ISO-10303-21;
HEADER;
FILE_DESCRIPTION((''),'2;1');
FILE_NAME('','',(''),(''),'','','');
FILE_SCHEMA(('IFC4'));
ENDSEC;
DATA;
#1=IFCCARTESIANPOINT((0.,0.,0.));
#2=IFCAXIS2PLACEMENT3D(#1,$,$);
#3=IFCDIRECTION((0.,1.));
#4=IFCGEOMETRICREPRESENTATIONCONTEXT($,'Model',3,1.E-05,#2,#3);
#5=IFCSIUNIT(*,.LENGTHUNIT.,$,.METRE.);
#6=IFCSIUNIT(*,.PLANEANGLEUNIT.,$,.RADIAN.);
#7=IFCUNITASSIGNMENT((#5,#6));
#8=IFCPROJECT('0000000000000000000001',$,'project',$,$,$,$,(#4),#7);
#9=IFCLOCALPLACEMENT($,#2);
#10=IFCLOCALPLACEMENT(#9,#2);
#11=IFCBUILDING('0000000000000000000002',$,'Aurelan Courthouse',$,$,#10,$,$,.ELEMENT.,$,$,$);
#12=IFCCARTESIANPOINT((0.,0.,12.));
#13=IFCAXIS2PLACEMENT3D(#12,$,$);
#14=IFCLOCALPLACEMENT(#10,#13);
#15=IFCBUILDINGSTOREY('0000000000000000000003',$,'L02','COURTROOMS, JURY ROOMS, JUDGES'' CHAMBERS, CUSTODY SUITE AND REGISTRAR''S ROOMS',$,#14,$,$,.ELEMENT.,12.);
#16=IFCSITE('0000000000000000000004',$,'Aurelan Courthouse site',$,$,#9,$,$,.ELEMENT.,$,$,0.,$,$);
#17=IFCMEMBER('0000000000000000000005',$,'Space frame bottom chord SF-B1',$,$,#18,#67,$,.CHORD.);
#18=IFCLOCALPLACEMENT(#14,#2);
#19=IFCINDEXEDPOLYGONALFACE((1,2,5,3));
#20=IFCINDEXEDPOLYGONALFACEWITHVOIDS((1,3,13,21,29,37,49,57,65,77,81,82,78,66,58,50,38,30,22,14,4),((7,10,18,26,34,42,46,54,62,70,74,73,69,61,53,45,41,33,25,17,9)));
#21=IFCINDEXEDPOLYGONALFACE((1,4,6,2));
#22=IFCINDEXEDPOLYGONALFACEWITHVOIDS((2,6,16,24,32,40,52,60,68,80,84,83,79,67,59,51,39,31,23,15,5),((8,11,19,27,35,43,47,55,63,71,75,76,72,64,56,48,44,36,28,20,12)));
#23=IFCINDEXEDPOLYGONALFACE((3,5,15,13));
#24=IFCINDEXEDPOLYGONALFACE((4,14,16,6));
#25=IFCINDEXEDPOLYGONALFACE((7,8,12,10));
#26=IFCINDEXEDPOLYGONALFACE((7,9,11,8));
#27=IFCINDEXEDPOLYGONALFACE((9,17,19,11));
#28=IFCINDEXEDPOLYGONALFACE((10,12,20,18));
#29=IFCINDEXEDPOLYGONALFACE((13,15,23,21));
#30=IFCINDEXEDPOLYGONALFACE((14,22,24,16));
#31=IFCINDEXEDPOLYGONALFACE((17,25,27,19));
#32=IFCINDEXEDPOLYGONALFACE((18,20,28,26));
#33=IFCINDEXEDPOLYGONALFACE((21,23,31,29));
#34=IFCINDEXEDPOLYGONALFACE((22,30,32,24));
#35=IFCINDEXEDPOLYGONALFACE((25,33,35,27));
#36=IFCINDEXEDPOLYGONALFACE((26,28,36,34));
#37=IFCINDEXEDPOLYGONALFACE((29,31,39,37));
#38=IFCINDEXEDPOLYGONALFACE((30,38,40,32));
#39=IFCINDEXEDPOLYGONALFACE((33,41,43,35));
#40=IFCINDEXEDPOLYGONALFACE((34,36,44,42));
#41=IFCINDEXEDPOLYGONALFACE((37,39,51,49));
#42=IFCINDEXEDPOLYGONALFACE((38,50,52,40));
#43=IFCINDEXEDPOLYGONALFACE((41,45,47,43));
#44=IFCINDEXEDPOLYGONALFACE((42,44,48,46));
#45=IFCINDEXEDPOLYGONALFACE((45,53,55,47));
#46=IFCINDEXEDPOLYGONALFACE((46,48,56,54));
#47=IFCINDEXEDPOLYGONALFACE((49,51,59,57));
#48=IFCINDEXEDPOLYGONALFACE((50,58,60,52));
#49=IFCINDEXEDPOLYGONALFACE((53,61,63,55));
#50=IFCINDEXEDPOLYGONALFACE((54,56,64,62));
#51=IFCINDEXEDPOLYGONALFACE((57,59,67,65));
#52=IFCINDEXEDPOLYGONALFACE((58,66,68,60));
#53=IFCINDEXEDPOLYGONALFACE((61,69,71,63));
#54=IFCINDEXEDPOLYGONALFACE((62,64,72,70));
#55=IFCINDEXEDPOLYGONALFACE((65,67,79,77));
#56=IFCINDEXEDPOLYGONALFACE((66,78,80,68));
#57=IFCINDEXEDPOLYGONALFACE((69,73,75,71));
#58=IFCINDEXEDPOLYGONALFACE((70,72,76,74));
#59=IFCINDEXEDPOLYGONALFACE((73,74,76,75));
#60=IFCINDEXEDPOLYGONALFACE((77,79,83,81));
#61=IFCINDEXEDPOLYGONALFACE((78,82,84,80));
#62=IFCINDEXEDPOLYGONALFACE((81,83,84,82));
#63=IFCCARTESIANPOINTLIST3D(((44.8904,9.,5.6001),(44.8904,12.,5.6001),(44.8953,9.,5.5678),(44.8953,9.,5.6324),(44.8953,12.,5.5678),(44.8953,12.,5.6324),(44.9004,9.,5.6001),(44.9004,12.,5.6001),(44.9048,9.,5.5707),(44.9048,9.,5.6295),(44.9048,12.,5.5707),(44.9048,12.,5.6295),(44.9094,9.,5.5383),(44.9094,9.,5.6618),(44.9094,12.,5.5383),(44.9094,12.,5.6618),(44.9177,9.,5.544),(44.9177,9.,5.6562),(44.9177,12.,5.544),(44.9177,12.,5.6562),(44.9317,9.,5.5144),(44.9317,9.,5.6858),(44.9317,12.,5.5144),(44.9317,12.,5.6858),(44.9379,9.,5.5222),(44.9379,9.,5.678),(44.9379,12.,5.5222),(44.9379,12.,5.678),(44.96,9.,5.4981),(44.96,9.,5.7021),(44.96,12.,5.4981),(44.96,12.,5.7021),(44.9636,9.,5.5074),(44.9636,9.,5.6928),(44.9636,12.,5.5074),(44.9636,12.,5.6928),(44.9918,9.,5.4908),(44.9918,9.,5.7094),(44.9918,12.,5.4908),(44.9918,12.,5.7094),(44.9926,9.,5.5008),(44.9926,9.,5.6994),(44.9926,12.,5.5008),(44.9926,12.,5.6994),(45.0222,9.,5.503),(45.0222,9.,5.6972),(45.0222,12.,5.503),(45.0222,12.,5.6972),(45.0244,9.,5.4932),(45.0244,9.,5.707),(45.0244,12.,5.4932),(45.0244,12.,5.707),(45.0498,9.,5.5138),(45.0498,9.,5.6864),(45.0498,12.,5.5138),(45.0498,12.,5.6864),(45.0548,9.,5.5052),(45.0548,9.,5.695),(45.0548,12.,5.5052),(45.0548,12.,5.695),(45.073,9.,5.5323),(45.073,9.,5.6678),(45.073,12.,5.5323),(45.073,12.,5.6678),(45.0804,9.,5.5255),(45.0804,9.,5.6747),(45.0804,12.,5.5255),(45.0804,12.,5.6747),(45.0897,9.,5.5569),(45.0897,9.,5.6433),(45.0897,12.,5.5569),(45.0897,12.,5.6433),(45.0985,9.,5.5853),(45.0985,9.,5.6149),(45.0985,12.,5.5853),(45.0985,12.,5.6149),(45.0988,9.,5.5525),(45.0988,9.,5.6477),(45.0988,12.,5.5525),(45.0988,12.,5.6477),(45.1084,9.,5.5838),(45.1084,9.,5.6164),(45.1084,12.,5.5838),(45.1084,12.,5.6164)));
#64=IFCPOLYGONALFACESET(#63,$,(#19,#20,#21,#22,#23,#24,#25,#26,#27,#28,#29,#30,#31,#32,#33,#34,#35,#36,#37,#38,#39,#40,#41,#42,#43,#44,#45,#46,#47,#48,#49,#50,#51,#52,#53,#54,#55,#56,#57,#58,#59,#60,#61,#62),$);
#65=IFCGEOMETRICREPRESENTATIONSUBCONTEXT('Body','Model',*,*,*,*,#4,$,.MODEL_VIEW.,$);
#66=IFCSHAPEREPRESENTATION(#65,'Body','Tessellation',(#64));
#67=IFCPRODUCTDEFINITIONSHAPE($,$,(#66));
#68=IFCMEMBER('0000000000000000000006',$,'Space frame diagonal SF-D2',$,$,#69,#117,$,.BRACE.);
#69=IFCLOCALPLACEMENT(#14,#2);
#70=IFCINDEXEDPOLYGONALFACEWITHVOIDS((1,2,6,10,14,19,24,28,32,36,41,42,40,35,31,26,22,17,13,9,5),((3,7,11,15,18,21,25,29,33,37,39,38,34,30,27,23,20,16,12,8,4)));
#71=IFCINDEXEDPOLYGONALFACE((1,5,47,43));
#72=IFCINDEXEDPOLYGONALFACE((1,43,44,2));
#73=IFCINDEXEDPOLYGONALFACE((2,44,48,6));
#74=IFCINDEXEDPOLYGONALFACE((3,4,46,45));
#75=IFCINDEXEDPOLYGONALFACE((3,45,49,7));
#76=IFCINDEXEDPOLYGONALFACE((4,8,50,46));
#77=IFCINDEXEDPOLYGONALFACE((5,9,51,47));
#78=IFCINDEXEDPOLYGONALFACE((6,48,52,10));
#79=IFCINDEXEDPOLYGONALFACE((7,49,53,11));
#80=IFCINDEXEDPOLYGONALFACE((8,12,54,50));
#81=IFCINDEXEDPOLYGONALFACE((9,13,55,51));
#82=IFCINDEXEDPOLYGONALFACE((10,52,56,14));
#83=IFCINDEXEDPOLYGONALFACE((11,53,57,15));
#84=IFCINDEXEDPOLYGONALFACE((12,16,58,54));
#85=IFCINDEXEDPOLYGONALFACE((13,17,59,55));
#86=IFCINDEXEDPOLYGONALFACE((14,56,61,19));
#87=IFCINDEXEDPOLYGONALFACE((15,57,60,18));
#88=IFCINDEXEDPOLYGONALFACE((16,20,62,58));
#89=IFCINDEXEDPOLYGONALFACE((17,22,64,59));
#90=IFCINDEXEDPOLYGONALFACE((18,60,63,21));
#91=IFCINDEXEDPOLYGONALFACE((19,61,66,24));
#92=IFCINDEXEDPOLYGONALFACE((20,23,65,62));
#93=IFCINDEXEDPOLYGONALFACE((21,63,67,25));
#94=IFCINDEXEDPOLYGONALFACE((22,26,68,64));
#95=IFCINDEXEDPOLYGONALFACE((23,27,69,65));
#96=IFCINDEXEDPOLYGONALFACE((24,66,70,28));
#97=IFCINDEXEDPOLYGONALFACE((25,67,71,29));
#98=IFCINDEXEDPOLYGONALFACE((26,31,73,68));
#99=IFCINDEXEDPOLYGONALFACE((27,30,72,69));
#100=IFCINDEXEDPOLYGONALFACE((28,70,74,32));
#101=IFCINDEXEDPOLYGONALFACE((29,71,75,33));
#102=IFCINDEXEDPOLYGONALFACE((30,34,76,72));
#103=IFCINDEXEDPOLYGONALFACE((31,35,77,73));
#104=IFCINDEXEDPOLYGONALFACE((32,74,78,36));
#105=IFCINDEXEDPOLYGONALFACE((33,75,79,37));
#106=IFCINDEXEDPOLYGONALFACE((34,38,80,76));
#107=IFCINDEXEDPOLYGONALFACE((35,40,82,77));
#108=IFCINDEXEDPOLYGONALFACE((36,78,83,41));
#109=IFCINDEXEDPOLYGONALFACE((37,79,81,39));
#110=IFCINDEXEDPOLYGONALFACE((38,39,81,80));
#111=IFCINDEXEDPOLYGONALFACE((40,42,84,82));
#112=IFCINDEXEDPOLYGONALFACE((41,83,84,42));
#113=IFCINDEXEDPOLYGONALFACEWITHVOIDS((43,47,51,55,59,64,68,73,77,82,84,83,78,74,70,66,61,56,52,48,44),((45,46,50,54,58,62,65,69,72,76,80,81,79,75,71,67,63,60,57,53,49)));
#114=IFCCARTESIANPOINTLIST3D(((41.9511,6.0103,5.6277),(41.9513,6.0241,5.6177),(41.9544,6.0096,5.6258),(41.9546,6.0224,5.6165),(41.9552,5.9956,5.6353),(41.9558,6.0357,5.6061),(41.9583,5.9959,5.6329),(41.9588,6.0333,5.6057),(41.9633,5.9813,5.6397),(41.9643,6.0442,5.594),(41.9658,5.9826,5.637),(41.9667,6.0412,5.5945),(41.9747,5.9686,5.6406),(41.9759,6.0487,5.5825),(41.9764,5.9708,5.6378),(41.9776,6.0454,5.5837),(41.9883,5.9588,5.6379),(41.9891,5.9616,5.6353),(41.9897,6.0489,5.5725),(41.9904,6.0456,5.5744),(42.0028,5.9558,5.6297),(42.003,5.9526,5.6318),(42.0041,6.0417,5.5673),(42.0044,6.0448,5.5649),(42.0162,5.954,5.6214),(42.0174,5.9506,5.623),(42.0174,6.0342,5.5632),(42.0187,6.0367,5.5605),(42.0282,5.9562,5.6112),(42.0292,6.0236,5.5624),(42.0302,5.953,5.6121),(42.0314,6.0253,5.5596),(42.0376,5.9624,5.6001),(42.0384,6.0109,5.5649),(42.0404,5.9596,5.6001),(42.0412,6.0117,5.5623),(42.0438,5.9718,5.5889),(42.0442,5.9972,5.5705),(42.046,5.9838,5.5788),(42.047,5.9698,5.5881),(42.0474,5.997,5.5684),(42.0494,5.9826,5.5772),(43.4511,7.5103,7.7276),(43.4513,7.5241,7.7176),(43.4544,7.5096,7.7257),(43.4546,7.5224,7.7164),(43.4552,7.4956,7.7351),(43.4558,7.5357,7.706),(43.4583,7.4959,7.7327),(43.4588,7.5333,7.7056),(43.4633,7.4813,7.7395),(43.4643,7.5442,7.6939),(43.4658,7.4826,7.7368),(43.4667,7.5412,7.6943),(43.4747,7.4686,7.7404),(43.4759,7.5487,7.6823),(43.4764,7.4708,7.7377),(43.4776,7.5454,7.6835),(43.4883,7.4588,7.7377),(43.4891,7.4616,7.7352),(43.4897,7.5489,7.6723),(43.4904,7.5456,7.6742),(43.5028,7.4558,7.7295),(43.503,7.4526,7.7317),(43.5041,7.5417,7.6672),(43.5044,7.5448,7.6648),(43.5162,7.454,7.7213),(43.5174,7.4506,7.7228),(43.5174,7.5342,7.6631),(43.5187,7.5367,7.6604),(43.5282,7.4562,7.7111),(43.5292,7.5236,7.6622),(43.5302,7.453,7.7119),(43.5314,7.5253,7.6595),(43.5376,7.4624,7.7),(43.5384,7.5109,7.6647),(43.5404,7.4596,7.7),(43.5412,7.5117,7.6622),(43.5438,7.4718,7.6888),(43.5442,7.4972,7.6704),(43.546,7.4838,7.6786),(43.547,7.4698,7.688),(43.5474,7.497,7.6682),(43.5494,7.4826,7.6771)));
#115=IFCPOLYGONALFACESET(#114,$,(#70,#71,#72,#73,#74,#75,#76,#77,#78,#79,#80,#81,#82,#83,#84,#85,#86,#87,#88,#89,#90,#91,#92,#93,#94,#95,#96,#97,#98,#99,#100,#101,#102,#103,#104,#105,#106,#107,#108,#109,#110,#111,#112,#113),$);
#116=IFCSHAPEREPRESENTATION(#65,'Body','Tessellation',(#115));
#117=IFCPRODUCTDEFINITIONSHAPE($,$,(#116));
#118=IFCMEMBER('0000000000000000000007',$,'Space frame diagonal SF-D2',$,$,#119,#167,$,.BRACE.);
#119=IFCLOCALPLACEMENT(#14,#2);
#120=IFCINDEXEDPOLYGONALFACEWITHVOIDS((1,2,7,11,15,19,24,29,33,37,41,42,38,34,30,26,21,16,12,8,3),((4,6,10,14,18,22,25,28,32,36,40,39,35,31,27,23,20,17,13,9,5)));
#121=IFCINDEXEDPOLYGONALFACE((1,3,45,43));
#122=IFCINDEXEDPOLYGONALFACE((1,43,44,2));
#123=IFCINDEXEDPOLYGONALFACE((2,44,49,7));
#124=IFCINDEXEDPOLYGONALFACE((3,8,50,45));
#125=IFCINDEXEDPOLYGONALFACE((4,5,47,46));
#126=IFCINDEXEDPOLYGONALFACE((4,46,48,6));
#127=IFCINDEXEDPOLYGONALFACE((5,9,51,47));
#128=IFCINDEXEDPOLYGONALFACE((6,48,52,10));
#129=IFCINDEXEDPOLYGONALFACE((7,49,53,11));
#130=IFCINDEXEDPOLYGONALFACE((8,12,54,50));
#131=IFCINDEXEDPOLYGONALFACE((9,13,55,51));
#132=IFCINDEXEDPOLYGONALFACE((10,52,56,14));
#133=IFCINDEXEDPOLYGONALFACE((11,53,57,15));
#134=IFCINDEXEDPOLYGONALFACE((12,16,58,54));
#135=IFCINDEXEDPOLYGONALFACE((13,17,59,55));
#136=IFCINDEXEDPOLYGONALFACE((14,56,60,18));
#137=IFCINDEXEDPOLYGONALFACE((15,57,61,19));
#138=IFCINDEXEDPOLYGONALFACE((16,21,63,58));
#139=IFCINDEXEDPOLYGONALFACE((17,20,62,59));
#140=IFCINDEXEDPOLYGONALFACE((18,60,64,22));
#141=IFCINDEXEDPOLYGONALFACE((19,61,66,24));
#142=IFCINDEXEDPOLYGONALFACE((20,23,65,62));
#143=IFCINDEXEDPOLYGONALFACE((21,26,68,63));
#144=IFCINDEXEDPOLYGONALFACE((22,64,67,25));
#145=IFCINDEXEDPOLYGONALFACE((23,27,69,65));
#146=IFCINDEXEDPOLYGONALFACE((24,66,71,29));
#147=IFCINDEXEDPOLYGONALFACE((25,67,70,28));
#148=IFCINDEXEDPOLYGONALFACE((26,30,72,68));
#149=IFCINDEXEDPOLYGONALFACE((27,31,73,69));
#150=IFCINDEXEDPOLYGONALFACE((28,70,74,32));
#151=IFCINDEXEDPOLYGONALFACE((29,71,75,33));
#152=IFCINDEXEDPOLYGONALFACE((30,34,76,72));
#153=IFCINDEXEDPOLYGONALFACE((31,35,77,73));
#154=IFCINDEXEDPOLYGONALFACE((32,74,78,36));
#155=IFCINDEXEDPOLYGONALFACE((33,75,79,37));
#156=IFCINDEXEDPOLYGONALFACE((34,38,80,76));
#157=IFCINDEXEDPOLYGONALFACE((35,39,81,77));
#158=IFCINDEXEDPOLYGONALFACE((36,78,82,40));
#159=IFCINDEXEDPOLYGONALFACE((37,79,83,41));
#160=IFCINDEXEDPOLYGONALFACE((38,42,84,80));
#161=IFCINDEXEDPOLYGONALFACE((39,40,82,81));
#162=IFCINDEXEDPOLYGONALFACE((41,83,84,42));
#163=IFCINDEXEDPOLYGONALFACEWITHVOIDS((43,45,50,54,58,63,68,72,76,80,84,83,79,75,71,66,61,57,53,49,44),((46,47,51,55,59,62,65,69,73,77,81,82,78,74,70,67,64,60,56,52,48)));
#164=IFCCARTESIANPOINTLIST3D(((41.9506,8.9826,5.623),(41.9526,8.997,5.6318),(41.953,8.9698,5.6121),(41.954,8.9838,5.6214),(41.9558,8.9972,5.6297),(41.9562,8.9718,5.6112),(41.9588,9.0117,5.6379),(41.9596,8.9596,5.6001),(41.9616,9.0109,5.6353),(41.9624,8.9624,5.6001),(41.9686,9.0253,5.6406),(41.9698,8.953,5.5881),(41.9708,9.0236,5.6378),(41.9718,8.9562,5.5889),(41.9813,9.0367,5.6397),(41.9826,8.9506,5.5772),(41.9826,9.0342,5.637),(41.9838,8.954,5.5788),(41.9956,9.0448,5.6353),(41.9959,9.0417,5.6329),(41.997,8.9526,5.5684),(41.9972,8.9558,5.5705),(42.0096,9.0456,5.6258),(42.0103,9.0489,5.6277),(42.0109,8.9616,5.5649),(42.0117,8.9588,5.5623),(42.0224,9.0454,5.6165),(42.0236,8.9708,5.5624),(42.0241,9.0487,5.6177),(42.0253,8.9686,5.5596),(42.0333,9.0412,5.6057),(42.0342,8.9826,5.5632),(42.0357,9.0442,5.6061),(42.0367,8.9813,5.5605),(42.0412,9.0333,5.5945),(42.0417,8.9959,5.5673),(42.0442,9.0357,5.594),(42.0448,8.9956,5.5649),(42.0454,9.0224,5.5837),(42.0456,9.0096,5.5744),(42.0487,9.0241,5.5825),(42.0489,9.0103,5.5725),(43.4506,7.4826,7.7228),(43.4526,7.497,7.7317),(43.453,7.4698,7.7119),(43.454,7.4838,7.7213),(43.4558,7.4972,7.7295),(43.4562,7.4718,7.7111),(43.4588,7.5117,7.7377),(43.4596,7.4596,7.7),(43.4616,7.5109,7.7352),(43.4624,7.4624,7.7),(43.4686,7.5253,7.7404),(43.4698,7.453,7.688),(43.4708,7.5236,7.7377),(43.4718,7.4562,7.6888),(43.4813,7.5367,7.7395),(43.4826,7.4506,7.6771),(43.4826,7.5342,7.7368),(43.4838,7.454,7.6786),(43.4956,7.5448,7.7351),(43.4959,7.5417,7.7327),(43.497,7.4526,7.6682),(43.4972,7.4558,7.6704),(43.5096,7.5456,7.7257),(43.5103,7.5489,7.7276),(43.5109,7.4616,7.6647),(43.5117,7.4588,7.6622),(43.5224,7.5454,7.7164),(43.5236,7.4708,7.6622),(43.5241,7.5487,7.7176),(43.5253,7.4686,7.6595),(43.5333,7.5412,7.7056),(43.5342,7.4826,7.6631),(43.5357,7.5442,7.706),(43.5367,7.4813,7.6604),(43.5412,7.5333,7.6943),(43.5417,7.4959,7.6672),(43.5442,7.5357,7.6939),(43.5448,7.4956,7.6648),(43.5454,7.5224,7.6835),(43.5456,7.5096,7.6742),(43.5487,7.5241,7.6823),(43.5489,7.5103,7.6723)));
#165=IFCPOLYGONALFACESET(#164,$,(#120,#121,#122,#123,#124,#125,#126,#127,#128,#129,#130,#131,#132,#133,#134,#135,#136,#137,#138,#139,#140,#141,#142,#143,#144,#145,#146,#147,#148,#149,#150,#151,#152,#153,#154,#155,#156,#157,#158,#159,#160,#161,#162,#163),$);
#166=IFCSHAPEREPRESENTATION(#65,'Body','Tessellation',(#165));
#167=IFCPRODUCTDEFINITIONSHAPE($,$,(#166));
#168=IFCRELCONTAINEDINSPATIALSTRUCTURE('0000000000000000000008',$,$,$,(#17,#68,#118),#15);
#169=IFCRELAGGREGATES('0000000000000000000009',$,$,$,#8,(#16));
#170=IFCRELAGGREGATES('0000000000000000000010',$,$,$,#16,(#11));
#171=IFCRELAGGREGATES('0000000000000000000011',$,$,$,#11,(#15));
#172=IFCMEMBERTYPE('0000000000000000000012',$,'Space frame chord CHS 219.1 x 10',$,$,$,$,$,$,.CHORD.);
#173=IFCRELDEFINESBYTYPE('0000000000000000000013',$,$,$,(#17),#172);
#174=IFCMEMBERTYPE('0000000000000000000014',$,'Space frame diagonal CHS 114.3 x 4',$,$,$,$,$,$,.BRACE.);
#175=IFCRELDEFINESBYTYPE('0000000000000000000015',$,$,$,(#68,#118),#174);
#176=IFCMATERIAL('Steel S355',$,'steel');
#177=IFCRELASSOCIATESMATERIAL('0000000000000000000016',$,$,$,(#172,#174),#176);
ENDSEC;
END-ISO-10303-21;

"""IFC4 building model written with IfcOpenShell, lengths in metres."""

from ifc_helpers import new_model, si_unit, direction, frame, origin, origin_2d, place, context, subcontext, project, spatial, hollow_circle, extrude, material, material_profile, profile_set, type_object, element, save


model = new_model("IFC4")

# Units and contexts
model_context = context("Model", 3, precision=1e-05, world=origin(), true_north=direction((0.0, 1.0)))
body_context = subcontext(model_context, "Body", "Model", "MODEL_VIEW")
ifc_project = project(units=[si_unit("LENGTHUNIT", "METRE"), si_unit("PLANEANGLEUNIT", "RADIAN")], contexts=[model_context])

# Site, building, storey
site_placement = place(None, origin())
site = spatial("IfcSite", under=ifc_project, at=site_placement, Name="Aurelan Courthouse site", CompositionType="ELEMENT", RefElevation=0.0)
building_placement = place(site_placement, origin())
building = spatial("IfcBuilding", under=site, at=building_placement, Name="Aurelan Courthouse", CompositionType="ELEMENT")
storey_placement = place(building_placement, frame((0.0, 0.0, 12.0)))
storey = spatial("IfcBuildingStorey", under=building, at=storey_placement, Name="L02", Description="COURTROOMS, JURY ROOMS, JUDGES' CHAMBERS, CUSTODY SUITE AND REGISTRAR'S ROOMS", CompositionType="ELEMENT", Elevation=12.0)

# Members
ifc_material_1 = material(Name="Steel S355", Category="steel")
ifc_material_profile_1 = material_profile(ifc_material_1, hollow_circle(Radius=0.1096, WallThickness=0.01, at=origin_2d()), Name="CHS 219.1 x 10")
ifc_profile_set_1 = profile_set([ifc_material_profile_1], Name="Steel S355")
member_type_1 = type_object("IfcMemberType", Name="Space frame chord CHS 219.1 x 10", PredefinedType="CHORD", material=ifc_profile_set_1)
for number, where, z_axis, x_axis, name in (
    (1, (45.0, 9.0, 5.6001), (0.0, 1.0, 0.0), (-1.0, 0.0, 0.0), "Space frame bottom chord SF-B1"),
):
    element("IfcMember", number, at=place(storey_placement, frame(where, z_axis=z_axis, x_axis=x_axis)), inside=storey, type_object=member_type_1, Name=name, PredefinedType="CHORD", context=body_context, shape_type="SweptSolid", body=[
        extrude(hollow_circle(Radius=0.1096, WallThickness=0.01, at=origin_2d()), origin(), (0.0, 0.0, 1.0), 3.0),
    ])
ifc_material_profile_2 = material_profile(ifc_material_1, hollow_circle(Radius=0.0571, WallThickness=0.0039, at=origin_2d()), Name="CHS 114.3 x 4")
ifc_profile_set_2 = profile_set([ifc_material_profile_2], Name="Steel S355")
member_type_2 = type_object("IfcMemberType", Name="Space frame diagonal CHS 114.3 x 4", PredefinedType="BRACE", material=ifc_profile_set_2)
for number, where, z_axis, x_axis, name in (
    (2, (43.5, 7.5, 7.7), (-0.502536, -0.502536, -0.703502), (0.707107, -0.707107, 0.0), "Space frame diagonal SF-D2"),
    (3, (43.5, 7.5, 7.7), (-0.502536, 0.502536, -0.703502), (-0.707107, -0.707107, 0.0), "Space frame diagonal SF-D2"),
):
    element("IfcMember", number, at=place(storey_placement, frame(where, z_axis=z_axis, x_axis=x_axis)), inside=storey, type_object=member_type_2, Name=name, PredefinedType="BRACE", context=body_context, shape_type="SweptSolid", body=[
        extrude(hollow_circle(Radius=0.0571, WallThickness=0.0039, at=origin_2d()), origin(), (0.0, 0.0, 1.0), 2.9849),
    ])

save(model, "model.ifc")
